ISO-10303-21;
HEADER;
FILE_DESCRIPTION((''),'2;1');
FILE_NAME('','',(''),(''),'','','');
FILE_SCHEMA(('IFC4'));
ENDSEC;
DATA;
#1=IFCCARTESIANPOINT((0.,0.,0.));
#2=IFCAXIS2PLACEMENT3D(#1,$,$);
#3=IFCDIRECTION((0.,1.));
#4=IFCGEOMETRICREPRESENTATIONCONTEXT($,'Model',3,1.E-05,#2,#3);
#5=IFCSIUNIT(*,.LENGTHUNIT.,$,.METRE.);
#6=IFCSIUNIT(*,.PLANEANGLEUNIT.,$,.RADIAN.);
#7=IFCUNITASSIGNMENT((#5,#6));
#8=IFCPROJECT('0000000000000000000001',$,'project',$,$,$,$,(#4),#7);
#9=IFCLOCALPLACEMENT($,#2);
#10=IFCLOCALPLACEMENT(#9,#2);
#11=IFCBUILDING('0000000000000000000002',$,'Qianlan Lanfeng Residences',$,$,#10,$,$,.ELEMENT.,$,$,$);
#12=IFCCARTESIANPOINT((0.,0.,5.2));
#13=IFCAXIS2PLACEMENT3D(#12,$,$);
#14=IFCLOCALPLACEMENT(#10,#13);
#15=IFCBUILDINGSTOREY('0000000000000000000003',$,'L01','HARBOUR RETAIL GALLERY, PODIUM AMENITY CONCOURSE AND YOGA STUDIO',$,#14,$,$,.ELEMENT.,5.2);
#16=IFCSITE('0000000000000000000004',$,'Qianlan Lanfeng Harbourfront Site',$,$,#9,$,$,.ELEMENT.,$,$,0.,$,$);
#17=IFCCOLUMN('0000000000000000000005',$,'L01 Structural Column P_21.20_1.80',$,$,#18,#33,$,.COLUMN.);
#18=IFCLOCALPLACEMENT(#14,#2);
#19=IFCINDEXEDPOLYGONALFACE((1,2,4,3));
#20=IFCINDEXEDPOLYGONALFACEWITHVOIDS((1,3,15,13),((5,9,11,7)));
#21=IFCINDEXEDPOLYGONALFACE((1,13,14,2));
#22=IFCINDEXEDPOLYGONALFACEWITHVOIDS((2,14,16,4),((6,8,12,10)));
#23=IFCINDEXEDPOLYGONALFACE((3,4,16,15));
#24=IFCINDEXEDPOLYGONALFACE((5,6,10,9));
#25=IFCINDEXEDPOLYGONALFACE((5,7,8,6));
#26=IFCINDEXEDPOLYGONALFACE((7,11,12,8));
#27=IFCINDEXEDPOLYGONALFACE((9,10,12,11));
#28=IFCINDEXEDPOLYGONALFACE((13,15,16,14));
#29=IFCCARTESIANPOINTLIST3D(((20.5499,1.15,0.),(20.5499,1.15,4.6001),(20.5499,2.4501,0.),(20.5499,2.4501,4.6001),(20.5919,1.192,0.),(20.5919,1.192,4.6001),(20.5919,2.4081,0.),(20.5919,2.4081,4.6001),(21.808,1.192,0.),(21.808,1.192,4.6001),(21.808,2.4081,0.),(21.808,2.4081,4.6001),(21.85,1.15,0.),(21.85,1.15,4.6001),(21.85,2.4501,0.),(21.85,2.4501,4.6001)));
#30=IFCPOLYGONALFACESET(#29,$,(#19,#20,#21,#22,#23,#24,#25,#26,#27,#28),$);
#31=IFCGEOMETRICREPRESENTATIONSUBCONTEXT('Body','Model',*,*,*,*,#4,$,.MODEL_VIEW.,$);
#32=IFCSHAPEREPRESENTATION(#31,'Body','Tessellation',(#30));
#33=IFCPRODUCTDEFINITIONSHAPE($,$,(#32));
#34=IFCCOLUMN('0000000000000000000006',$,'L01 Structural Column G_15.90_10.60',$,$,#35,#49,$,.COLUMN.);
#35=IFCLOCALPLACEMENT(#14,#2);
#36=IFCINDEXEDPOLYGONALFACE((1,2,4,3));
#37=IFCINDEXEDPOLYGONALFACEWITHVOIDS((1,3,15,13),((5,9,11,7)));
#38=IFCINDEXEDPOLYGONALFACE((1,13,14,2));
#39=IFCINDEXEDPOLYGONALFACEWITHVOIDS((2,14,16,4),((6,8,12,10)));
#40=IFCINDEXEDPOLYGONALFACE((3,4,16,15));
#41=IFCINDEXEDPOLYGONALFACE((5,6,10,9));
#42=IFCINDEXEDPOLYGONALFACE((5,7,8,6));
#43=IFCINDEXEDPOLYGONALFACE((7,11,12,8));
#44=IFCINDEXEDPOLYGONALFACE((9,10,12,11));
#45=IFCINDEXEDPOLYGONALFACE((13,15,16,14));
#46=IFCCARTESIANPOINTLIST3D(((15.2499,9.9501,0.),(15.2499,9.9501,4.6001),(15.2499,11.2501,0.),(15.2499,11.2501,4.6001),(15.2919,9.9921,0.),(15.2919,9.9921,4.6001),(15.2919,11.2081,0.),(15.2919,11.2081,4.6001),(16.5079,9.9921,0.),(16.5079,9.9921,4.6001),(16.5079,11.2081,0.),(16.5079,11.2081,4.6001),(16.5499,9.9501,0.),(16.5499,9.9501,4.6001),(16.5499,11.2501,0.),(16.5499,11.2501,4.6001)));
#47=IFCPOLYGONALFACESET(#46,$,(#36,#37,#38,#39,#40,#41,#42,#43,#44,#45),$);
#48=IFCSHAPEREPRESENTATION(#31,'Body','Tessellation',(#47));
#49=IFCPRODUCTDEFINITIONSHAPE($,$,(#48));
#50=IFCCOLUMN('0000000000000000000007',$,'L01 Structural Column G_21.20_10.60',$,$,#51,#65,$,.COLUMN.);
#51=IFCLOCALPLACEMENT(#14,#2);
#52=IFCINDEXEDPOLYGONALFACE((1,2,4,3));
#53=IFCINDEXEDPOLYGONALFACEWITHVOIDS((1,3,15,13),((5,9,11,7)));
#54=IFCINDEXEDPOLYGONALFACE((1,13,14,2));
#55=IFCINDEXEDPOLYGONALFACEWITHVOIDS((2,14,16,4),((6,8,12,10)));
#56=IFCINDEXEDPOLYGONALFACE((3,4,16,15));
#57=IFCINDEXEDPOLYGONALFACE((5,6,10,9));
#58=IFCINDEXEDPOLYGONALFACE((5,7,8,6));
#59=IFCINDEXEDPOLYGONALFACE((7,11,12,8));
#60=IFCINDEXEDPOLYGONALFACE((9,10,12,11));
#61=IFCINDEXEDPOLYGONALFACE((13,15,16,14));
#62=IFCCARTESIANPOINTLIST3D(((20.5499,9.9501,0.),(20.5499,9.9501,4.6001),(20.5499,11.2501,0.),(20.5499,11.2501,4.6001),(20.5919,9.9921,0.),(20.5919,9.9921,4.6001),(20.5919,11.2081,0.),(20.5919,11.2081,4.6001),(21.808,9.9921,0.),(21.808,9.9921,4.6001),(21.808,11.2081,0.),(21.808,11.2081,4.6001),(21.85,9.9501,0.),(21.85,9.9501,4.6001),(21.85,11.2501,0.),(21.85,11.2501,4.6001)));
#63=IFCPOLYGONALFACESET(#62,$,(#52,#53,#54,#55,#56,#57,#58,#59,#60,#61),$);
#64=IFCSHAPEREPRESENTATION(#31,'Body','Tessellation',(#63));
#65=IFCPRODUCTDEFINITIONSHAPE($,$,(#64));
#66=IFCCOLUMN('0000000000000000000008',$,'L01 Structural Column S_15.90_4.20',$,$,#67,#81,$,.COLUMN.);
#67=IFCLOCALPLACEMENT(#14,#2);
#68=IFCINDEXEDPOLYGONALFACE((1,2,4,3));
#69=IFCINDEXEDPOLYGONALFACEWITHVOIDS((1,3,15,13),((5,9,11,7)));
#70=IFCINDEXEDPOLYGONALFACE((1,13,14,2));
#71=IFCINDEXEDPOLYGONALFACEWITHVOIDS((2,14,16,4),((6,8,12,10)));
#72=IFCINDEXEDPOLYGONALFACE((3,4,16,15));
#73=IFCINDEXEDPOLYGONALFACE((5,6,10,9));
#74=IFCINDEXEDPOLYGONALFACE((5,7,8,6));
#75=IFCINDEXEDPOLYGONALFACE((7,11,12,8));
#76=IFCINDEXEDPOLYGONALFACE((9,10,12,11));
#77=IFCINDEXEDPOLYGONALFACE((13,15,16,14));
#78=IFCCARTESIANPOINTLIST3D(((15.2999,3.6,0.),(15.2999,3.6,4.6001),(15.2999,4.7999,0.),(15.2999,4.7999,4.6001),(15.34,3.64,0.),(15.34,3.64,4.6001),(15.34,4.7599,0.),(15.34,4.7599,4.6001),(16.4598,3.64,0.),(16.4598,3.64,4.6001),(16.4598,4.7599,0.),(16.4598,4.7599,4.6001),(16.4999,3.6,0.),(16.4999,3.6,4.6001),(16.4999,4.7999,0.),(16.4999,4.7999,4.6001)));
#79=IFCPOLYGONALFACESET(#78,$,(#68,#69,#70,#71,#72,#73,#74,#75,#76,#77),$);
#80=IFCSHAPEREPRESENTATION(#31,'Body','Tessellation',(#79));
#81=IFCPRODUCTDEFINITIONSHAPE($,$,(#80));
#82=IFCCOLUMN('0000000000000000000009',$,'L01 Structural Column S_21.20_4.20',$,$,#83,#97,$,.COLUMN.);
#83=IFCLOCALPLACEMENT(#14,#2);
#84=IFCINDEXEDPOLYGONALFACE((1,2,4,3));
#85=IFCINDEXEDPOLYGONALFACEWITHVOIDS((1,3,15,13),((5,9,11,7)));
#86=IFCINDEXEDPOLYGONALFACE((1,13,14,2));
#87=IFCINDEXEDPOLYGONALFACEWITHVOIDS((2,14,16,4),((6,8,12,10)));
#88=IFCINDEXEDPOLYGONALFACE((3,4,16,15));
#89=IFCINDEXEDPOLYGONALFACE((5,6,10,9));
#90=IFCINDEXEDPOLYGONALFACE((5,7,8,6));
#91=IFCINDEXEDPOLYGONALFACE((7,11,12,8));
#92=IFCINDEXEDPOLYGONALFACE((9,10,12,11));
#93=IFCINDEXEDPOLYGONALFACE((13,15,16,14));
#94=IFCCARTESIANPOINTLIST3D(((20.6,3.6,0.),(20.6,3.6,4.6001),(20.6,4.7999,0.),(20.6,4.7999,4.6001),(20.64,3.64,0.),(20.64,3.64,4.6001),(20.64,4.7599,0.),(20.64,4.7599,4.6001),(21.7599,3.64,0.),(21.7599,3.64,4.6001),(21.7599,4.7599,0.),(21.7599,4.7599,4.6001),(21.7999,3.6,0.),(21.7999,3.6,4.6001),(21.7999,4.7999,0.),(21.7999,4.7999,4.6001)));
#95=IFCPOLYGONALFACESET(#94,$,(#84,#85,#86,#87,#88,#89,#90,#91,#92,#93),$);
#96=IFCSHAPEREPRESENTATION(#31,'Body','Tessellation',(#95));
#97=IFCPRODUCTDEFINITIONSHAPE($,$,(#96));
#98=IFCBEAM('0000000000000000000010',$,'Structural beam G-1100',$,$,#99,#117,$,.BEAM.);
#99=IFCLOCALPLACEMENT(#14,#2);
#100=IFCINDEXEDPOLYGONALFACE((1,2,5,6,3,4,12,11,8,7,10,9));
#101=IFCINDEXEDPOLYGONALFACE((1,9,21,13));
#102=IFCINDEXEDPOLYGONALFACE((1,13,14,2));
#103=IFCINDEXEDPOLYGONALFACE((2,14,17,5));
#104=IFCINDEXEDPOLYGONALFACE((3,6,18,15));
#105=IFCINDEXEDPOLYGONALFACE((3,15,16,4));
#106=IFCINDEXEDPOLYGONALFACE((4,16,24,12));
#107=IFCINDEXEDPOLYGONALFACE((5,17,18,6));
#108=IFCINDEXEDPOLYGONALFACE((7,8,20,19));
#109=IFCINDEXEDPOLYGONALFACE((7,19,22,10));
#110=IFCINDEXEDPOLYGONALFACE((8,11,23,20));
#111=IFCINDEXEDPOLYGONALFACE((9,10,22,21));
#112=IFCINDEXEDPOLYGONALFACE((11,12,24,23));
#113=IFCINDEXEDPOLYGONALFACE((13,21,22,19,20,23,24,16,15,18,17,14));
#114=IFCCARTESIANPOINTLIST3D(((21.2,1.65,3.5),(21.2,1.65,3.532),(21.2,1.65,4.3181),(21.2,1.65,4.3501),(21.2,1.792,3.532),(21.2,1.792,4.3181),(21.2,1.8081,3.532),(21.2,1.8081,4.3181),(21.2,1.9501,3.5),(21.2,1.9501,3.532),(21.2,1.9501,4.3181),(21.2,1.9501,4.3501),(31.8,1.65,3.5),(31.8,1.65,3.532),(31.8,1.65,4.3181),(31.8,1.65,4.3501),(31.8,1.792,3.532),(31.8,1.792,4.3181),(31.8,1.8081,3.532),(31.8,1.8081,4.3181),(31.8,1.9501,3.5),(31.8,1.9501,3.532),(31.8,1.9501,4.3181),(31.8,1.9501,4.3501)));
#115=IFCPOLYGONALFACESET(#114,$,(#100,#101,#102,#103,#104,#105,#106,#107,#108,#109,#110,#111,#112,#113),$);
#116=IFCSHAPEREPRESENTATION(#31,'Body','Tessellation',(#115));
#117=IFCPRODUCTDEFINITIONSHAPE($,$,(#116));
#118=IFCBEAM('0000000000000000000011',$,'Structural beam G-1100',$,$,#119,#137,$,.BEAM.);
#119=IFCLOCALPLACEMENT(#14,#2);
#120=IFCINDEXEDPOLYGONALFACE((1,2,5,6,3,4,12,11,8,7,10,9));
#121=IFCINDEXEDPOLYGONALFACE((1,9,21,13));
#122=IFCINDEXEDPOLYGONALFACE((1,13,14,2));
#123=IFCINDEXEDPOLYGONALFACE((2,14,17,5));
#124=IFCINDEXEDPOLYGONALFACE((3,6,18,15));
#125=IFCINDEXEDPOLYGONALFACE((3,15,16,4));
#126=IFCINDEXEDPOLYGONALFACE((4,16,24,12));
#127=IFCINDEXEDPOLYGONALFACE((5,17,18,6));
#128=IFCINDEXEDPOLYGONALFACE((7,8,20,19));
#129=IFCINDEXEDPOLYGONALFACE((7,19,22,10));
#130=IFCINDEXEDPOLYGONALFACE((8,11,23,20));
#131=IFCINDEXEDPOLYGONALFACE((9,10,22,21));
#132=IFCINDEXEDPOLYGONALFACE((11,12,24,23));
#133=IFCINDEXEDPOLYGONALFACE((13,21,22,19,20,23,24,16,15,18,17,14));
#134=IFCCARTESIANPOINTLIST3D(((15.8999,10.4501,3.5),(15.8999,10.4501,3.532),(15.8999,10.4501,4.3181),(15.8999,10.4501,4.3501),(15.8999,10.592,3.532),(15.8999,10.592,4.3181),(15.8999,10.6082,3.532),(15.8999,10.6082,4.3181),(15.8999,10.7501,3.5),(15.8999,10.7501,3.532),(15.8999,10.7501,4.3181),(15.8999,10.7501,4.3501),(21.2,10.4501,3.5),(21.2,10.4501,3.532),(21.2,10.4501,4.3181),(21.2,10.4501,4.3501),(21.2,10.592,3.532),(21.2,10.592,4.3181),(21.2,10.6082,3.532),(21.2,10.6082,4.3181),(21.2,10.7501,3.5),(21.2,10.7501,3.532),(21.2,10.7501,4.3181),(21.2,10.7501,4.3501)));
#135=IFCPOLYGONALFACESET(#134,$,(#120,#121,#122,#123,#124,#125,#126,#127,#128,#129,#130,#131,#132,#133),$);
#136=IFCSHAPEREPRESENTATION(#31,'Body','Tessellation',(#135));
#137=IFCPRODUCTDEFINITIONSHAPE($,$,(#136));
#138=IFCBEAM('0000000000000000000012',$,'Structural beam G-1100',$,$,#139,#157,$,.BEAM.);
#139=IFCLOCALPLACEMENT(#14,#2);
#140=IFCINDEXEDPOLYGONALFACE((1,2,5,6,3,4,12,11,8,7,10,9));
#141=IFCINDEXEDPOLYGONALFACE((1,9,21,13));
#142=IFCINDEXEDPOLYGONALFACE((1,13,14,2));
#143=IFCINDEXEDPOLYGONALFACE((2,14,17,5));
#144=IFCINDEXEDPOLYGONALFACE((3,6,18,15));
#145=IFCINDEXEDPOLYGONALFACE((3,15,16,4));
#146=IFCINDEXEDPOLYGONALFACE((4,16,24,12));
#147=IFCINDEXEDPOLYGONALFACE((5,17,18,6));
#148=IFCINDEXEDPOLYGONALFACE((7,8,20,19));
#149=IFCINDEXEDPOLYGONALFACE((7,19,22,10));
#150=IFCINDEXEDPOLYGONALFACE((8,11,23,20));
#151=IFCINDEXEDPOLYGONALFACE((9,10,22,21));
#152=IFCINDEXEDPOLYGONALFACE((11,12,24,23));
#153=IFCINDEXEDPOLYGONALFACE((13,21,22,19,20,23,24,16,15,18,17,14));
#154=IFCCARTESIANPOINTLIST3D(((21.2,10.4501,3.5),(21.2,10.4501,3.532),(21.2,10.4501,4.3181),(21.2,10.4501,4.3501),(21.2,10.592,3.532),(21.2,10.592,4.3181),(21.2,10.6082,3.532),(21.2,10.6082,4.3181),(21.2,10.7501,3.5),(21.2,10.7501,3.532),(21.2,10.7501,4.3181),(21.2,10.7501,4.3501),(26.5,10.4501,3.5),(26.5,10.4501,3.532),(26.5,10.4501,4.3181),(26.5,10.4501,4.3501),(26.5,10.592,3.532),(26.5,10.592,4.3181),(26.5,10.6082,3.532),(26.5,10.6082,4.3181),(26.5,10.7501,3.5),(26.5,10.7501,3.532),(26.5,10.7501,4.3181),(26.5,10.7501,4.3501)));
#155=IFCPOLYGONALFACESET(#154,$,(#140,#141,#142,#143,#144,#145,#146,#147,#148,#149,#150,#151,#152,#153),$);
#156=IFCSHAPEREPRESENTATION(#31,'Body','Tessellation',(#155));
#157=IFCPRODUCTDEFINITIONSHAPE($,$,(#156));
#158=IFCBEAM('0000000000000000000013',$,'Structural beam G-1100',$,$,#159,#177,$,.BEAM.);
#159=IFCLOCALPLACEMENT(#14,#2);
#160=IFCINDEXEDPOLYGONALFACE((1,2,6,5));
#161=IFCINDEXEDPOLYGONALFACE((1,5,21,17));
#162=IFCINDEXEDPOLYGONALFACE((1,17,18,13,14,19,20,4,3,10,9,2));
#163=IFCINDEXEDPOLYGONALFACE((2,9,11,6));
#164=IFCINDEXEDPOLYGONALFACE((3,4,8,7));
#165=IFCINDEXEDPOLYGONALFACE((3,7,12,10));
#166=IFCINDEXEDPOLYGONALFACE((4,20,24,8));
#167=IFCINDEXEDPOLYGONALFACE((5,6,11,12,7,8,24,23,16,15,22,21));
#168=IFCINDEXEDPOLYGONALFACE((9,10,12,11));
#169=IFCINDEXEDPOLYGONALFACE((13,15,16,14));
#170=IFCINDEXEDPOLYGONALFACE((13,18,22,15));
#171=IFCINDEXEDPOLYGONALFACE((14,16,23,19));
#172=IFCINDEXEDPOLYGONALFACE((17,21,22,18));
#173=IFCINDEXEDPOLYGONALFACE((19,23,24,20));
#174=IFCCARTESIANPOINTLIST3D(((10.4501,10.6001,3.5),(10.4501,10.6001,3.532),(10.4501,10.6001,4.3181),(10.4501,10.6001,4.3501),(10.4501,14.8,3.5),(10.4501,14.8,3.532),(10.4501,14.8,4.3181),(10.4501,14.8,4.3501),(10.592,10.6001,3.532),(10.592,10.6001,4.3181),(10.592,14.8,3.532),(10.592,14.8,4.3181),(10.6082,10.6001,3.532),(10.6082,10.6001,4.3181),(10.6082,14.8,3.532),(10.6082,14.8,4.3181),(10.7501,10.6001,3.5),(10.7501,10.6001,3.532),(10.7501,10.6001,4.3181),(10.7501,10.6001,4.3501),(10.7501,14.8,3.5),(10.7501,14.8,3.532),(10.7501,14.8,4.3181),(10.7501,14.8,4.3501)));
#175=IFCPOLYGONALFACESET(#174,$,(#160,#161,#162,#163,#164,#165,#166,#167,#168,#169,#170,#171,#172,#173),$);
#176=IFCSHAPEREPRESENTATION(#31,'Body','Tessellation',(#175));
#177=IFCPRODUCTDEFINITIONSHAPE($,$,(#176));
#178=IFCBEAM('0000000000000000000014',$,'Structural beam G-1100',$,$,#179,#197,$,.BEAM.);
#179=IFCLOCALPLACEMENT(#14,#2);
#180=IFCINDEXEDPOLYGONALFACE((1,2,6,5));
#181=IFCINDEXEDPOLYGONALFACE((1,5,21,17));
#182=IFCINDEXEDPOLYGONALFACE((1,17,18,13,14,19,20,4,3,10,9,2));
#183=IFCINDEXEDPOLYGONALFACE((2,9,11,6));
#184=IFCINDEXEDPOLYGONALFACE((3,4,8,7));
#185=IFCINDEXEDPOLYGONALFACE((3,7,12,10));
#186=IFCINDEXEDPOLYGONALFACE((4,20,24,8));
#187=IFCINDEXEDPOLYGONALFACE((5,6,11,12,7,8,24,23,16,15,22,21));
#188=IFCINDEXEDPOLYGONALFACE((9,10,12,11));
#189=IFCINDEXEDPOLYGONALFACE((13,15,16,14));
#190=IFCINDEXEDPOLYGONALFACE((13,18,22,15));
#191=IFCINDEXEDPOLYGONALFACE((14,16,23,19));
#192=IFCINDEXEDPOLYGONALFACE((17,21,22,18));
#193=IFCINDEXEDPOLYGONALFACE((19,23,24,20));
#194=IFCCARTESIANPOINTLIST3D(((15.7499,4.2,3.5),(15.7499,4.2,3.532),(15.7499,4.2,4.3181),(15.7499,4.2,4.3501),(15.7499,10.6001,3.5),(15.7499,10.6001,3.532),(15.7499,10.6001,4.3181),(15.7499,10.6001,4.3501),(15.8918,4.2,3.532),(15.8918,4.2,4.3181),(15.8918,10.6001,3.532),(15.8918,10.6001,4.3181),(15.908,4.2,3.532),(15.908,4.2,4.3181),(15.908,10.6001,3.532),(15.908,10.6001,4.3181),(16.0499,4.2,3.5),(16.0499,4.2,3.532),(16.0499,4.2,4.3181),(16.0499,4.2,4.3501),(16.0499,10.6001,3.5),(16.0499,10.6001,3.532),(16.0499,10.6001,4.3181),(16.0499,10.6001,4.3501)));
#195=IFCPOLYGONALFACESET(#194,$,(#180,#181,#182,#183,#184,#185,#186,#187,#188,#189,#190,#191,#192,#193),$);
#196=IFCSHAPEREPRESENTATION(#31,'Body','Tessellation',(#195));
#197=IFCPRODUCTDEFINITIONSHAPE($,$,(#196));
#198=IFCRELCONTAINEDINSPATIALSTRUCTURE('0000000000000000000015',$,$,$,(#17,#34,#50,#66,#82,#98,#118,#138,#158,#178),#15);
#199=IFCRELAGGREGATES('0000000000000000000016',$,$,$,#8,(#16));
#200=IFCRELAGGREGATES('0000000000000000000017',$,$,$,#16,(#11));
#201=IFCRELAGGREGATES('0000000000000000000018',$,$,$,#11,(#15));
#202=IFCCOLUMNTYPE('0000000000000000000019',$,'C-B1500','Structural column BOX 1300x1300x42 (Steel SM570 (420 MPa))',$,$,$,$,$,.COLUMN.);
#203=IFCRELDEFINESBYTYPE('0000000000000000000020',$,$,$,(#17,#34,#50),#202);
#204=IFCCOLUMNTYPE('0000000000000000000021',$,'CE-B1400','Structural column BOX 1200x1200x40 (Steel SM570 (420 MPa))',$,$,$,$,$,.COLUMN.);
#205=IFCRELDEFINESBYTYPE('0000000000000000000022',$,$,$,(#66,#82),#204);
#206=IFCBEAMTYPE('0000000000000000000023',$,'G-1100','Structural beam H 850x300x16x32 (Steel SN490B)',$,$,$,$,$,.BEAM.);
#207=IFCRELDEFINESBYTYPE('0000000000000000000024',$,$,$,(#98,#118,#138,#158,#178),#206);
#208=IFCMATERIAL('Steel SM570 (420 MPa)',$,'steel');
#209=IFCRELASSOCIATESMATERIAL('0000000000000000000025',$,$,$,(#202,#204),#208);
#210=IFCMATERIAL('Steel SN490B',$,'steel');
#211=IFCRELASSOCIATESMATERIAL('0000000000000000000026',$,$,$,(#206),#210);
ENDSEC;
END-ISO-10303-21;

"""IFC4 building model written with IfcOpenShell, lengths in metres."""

from ifc_helpers import new_model, si_unit, direction, frame, origin, origin_2d, place, context, subcontext, project, spatial, hollow_rectangle, i_section, extrude, material, material_profile, profile_set, type_object, element, save


model = new_model("IFC4")

# Units and contexts
model_context = context("Model", 3, precision=1e-05, world=origin(), true_north=direction((0.0, 1.0)))
body_context = subcontext(model_context, "Body", "Model", "MODEL_VIEW")
ifc_project = project(units=[si_unit("LENGTHUNIT", "METRE"), si_unit("PLANEANGLEUNIT", "RADIAN")], contexts=[model_context])

# Site, building, storey
site_placement = place(None, origin())
site = spatial("IfcSite", under=ifc_project, at=site_placement, Name="Qianlan Lanfeng Harbourfront Site", CompositionType="ELEMENT", RefElevation=0.0)
building_placement = place(site_placement, origin())
building = spatial("IfcBuilding", under=site, at=building_placement, Name="Qianlan Lanfeng Residences", CompositionType="ELEMENT")
storey_placement = place(building_placement, frame((0.0, 0.0, 5.2)))
storey = spatial("IfcBuildingStorey", under=building, at=storey_placement, Name="L01", Description="HARBOUR RETAIL GALLERY, PODIUM AMENITY CONCOURSE AND YOGA STUDIO", CompositionType="ELEMENT", Elevation=5.2)

# Columns
ifc_material_1 = material(Name="Steel SM570 (420 MPa)", Category="steel")
ifc_material_profile_1 = material_profile(ifc_material_1, hollow_rectangle(XDim=1.3, YDim=1.3, WallThickness=0.042, at=origin_2d()), Name="BOX 1300x1300x42")
ifc_profile_set_1 = profile_set([ifc_material_profile_1], Name="Steel SM570 (420 MPa)")
column_type_1 = type_object("IfcColumnType", Name="C-B1500", Description="Structural column BOX 1300x1300x42 (Steel SM570 (420 MPa))", PredefinedType="COLUMN", material=ifc_profile_set_1)
for number, where, z_axis, x_axis, name in (
    (1, (21.2, 1.8, 0.0), (0.0, 0.0, 1.0), (1.0, 0.0, 0.0), "L01 Structural Column P_21.20_1.80"),
    (2, (15.8999, 10.6001, 0.0), (0.0, 0.0, 1.0), (1.0, 0.0, 0.0), "L01 Structural Column G_15.90_10.60"),
    (3, (21.2, 10.6001, 0.0), (0.0, 0.0, 1.0), (1.0, 0.0, 0.0), "L01 Structural Column G_21.20_10.60"),
):
    element("IfcColumn", number, at=place(storey_placement, frame(where, z_axis=z_axis, x_axis=x_axis)), inside=storey, type_object=column_type_1, Name=name, PredefinedType="COLUMN", context=body_context, shape_type="SweptSolid", body=[
        extrude(hollow_rectangle(XDim=1.3, YDim=1.3, WallThickness=0.042, at=origin_2d()), origin(), (0.0, 0.0, 1.0), 4.6001),
    ])
ifc_material_profile_2 = material_profile(ifc_material_1, hollow_rectangle(XDim=1.2, YDim=1.2, WallThickness=0.04, at=origin_2d()), Name="BOX 1200x1200x40")
ifc_profile_set_2 = profile_set([ifc_material_profile_2], Name="Steel SM570 (420 MPa)")
column_type_2 = type_object("IfcColumnType", Name="CE-B1400", Description="Structural column BOX 1200x1200x40 (Steel SM570 (420 MPa))", PredefinedType="COLUMN", material=ifc_profile_set_2)
for number, where, z_axis, x_axis, name in (
    (4, (15.8999, 4.2, 0.0), (0.0, 0.0, 1.0), (1.0, 0.0, 0.0), "L01 Structural Column S_15.90_4.20"),
    (5, (21.2, 4.2, 0.0), (0.0, 0.0, 1.0), (1.0, 0.0, 0.0), "L01 Structural Column S_21.20_4.20"),
):
    element("IfcColumn", number, at=place(storey_placement, frame(where, z_axis=z_axis, x_axis=x_axis)), inside=storey, type_object=column_type_2, Name=name, PredefinedType="COLUMN", context=body_context, shape_type="SweptSolid", body=[
        extrude(hollow_rectangle(XDim=1.2, YDim=1.2, WallThickness=0.04, at=origin_2d()), origin(), (0.0, 0.0, 1.0), 4.6001),
    ])

# Beams
ifc_material_2 = material(Name="Steel SN490B", Category="steel")
ifc_material_profile_3 = material_profile(ifc_material_2, i_section(OverallWidth=0.3, OverallDepth=0.8501, WebThickness=0.0161, FlangeThickness=0.032, at=origin_2d()), Name="H 850x300x16x32")
ifc_profile_set_3 = profile_set([ifc_material_profile_3], Name="Steel SN490B")
beam_type_1 = type_object("IfcBeamType", Name="G-1100", Description="Structural beam H 850x300x16x32 (Steel SN490B)", PredefinedType="BEAM", material=ifc_profile_set_3)
beam_1_placement = place(storey_placement, frame((21.2, 1.8, 3.925), z_axis=(1.0, 0.0, 0.0), x_axis=(0.0, 1.0, 0.0)))
element("IfcBeam", 6, at=beam_1_placement, inside=storey, type_object=beam_type_1, Name="Structural beam G-1100", PredefinedType="BEAM", context=body_context, shape_type="SweptSolid", body=[
    extrude(i_section(OverallWidth=0.3, OverallDepth=0.8501, WebThickness=0.0161, FlangeThickness=0.032, at=origin_2d()), origin(), (0.0, 0.0, 1.0), 10.6001),
])
for number, where, z_axis, x_axis, name in (
    (7, (15.8999, 10.6001, 3.925), (1.0, 0.0, 0.0), (0.0, 1.0, 0.0), "Structural beam G-1100"),
    (8, (21.2, 10.6001, 3.925), (1.0, 0.0, 0.0), (0.0, 1.0, 0.0), "Structural beam G-1100"),
):
    element("IfcBeam", number, at=place(storey_placement, frame(where, z_axis=z_axis, x_axis=x_axis)), inside=storey, type_object=beam_type_1, Name=name, PredefinedType="BEAM", context=body_context, shape_type="SweptSolid", body=[
        extrude(i_section(OverallWidth=0.3, OverallDepth=0.8501, WebThickness=0.0161, FlangeThickness=0.032, at=origin_2d()), origin(), (0.0, 0.0, 1.0), 5.3),
    ])
beam_2_placement = place(storey_placement, frame((10.6001, 10.6001, 3.925), z_axis=(0.0, 1.0, 0.0), x_axis=(-1.0, 0.0, 0.0)))
element("IfcBeam", 9, at=beam_2_placement, inside=storey, type_object=beam_type_1, Name="Structural beam G-1100", PredefinedType="BEAM", context=body_context, shape_type="SweptSolid", body=[
    extrude(i_section(OverallWidth=0.3, OverallDepth=0.8501, WebThickness=0.0161, FlangeThickness=0.032, at=origin_2d()), origin(), (0.0, 0.0, 1.0), 4.2),
])
beam_3_placement = place(storey_placement, frame((15.8999, 4.2, 3.925), z_axis=(0.0, 1.0, 0.0), x_axis=(-1.0, 0.0, 0.0)))
element("IfcBeam", 10, at=beam_3_placement, inside=storey, type_object=beam_type_1, Name="Structural beam G-1100", PredefinedType="BEAM", context=body_context, shape_type="SweptSolid", body=[
    extrude(i_section(OverallWidth=0.3, OverallDepth=0.8501, WebThickness=0.0161, FlangeThickness=0.032, at=origin_2d()), origin(), (0.0, 0.0, 1.0), 6.4001),
])

save(model, "model.ifc")
